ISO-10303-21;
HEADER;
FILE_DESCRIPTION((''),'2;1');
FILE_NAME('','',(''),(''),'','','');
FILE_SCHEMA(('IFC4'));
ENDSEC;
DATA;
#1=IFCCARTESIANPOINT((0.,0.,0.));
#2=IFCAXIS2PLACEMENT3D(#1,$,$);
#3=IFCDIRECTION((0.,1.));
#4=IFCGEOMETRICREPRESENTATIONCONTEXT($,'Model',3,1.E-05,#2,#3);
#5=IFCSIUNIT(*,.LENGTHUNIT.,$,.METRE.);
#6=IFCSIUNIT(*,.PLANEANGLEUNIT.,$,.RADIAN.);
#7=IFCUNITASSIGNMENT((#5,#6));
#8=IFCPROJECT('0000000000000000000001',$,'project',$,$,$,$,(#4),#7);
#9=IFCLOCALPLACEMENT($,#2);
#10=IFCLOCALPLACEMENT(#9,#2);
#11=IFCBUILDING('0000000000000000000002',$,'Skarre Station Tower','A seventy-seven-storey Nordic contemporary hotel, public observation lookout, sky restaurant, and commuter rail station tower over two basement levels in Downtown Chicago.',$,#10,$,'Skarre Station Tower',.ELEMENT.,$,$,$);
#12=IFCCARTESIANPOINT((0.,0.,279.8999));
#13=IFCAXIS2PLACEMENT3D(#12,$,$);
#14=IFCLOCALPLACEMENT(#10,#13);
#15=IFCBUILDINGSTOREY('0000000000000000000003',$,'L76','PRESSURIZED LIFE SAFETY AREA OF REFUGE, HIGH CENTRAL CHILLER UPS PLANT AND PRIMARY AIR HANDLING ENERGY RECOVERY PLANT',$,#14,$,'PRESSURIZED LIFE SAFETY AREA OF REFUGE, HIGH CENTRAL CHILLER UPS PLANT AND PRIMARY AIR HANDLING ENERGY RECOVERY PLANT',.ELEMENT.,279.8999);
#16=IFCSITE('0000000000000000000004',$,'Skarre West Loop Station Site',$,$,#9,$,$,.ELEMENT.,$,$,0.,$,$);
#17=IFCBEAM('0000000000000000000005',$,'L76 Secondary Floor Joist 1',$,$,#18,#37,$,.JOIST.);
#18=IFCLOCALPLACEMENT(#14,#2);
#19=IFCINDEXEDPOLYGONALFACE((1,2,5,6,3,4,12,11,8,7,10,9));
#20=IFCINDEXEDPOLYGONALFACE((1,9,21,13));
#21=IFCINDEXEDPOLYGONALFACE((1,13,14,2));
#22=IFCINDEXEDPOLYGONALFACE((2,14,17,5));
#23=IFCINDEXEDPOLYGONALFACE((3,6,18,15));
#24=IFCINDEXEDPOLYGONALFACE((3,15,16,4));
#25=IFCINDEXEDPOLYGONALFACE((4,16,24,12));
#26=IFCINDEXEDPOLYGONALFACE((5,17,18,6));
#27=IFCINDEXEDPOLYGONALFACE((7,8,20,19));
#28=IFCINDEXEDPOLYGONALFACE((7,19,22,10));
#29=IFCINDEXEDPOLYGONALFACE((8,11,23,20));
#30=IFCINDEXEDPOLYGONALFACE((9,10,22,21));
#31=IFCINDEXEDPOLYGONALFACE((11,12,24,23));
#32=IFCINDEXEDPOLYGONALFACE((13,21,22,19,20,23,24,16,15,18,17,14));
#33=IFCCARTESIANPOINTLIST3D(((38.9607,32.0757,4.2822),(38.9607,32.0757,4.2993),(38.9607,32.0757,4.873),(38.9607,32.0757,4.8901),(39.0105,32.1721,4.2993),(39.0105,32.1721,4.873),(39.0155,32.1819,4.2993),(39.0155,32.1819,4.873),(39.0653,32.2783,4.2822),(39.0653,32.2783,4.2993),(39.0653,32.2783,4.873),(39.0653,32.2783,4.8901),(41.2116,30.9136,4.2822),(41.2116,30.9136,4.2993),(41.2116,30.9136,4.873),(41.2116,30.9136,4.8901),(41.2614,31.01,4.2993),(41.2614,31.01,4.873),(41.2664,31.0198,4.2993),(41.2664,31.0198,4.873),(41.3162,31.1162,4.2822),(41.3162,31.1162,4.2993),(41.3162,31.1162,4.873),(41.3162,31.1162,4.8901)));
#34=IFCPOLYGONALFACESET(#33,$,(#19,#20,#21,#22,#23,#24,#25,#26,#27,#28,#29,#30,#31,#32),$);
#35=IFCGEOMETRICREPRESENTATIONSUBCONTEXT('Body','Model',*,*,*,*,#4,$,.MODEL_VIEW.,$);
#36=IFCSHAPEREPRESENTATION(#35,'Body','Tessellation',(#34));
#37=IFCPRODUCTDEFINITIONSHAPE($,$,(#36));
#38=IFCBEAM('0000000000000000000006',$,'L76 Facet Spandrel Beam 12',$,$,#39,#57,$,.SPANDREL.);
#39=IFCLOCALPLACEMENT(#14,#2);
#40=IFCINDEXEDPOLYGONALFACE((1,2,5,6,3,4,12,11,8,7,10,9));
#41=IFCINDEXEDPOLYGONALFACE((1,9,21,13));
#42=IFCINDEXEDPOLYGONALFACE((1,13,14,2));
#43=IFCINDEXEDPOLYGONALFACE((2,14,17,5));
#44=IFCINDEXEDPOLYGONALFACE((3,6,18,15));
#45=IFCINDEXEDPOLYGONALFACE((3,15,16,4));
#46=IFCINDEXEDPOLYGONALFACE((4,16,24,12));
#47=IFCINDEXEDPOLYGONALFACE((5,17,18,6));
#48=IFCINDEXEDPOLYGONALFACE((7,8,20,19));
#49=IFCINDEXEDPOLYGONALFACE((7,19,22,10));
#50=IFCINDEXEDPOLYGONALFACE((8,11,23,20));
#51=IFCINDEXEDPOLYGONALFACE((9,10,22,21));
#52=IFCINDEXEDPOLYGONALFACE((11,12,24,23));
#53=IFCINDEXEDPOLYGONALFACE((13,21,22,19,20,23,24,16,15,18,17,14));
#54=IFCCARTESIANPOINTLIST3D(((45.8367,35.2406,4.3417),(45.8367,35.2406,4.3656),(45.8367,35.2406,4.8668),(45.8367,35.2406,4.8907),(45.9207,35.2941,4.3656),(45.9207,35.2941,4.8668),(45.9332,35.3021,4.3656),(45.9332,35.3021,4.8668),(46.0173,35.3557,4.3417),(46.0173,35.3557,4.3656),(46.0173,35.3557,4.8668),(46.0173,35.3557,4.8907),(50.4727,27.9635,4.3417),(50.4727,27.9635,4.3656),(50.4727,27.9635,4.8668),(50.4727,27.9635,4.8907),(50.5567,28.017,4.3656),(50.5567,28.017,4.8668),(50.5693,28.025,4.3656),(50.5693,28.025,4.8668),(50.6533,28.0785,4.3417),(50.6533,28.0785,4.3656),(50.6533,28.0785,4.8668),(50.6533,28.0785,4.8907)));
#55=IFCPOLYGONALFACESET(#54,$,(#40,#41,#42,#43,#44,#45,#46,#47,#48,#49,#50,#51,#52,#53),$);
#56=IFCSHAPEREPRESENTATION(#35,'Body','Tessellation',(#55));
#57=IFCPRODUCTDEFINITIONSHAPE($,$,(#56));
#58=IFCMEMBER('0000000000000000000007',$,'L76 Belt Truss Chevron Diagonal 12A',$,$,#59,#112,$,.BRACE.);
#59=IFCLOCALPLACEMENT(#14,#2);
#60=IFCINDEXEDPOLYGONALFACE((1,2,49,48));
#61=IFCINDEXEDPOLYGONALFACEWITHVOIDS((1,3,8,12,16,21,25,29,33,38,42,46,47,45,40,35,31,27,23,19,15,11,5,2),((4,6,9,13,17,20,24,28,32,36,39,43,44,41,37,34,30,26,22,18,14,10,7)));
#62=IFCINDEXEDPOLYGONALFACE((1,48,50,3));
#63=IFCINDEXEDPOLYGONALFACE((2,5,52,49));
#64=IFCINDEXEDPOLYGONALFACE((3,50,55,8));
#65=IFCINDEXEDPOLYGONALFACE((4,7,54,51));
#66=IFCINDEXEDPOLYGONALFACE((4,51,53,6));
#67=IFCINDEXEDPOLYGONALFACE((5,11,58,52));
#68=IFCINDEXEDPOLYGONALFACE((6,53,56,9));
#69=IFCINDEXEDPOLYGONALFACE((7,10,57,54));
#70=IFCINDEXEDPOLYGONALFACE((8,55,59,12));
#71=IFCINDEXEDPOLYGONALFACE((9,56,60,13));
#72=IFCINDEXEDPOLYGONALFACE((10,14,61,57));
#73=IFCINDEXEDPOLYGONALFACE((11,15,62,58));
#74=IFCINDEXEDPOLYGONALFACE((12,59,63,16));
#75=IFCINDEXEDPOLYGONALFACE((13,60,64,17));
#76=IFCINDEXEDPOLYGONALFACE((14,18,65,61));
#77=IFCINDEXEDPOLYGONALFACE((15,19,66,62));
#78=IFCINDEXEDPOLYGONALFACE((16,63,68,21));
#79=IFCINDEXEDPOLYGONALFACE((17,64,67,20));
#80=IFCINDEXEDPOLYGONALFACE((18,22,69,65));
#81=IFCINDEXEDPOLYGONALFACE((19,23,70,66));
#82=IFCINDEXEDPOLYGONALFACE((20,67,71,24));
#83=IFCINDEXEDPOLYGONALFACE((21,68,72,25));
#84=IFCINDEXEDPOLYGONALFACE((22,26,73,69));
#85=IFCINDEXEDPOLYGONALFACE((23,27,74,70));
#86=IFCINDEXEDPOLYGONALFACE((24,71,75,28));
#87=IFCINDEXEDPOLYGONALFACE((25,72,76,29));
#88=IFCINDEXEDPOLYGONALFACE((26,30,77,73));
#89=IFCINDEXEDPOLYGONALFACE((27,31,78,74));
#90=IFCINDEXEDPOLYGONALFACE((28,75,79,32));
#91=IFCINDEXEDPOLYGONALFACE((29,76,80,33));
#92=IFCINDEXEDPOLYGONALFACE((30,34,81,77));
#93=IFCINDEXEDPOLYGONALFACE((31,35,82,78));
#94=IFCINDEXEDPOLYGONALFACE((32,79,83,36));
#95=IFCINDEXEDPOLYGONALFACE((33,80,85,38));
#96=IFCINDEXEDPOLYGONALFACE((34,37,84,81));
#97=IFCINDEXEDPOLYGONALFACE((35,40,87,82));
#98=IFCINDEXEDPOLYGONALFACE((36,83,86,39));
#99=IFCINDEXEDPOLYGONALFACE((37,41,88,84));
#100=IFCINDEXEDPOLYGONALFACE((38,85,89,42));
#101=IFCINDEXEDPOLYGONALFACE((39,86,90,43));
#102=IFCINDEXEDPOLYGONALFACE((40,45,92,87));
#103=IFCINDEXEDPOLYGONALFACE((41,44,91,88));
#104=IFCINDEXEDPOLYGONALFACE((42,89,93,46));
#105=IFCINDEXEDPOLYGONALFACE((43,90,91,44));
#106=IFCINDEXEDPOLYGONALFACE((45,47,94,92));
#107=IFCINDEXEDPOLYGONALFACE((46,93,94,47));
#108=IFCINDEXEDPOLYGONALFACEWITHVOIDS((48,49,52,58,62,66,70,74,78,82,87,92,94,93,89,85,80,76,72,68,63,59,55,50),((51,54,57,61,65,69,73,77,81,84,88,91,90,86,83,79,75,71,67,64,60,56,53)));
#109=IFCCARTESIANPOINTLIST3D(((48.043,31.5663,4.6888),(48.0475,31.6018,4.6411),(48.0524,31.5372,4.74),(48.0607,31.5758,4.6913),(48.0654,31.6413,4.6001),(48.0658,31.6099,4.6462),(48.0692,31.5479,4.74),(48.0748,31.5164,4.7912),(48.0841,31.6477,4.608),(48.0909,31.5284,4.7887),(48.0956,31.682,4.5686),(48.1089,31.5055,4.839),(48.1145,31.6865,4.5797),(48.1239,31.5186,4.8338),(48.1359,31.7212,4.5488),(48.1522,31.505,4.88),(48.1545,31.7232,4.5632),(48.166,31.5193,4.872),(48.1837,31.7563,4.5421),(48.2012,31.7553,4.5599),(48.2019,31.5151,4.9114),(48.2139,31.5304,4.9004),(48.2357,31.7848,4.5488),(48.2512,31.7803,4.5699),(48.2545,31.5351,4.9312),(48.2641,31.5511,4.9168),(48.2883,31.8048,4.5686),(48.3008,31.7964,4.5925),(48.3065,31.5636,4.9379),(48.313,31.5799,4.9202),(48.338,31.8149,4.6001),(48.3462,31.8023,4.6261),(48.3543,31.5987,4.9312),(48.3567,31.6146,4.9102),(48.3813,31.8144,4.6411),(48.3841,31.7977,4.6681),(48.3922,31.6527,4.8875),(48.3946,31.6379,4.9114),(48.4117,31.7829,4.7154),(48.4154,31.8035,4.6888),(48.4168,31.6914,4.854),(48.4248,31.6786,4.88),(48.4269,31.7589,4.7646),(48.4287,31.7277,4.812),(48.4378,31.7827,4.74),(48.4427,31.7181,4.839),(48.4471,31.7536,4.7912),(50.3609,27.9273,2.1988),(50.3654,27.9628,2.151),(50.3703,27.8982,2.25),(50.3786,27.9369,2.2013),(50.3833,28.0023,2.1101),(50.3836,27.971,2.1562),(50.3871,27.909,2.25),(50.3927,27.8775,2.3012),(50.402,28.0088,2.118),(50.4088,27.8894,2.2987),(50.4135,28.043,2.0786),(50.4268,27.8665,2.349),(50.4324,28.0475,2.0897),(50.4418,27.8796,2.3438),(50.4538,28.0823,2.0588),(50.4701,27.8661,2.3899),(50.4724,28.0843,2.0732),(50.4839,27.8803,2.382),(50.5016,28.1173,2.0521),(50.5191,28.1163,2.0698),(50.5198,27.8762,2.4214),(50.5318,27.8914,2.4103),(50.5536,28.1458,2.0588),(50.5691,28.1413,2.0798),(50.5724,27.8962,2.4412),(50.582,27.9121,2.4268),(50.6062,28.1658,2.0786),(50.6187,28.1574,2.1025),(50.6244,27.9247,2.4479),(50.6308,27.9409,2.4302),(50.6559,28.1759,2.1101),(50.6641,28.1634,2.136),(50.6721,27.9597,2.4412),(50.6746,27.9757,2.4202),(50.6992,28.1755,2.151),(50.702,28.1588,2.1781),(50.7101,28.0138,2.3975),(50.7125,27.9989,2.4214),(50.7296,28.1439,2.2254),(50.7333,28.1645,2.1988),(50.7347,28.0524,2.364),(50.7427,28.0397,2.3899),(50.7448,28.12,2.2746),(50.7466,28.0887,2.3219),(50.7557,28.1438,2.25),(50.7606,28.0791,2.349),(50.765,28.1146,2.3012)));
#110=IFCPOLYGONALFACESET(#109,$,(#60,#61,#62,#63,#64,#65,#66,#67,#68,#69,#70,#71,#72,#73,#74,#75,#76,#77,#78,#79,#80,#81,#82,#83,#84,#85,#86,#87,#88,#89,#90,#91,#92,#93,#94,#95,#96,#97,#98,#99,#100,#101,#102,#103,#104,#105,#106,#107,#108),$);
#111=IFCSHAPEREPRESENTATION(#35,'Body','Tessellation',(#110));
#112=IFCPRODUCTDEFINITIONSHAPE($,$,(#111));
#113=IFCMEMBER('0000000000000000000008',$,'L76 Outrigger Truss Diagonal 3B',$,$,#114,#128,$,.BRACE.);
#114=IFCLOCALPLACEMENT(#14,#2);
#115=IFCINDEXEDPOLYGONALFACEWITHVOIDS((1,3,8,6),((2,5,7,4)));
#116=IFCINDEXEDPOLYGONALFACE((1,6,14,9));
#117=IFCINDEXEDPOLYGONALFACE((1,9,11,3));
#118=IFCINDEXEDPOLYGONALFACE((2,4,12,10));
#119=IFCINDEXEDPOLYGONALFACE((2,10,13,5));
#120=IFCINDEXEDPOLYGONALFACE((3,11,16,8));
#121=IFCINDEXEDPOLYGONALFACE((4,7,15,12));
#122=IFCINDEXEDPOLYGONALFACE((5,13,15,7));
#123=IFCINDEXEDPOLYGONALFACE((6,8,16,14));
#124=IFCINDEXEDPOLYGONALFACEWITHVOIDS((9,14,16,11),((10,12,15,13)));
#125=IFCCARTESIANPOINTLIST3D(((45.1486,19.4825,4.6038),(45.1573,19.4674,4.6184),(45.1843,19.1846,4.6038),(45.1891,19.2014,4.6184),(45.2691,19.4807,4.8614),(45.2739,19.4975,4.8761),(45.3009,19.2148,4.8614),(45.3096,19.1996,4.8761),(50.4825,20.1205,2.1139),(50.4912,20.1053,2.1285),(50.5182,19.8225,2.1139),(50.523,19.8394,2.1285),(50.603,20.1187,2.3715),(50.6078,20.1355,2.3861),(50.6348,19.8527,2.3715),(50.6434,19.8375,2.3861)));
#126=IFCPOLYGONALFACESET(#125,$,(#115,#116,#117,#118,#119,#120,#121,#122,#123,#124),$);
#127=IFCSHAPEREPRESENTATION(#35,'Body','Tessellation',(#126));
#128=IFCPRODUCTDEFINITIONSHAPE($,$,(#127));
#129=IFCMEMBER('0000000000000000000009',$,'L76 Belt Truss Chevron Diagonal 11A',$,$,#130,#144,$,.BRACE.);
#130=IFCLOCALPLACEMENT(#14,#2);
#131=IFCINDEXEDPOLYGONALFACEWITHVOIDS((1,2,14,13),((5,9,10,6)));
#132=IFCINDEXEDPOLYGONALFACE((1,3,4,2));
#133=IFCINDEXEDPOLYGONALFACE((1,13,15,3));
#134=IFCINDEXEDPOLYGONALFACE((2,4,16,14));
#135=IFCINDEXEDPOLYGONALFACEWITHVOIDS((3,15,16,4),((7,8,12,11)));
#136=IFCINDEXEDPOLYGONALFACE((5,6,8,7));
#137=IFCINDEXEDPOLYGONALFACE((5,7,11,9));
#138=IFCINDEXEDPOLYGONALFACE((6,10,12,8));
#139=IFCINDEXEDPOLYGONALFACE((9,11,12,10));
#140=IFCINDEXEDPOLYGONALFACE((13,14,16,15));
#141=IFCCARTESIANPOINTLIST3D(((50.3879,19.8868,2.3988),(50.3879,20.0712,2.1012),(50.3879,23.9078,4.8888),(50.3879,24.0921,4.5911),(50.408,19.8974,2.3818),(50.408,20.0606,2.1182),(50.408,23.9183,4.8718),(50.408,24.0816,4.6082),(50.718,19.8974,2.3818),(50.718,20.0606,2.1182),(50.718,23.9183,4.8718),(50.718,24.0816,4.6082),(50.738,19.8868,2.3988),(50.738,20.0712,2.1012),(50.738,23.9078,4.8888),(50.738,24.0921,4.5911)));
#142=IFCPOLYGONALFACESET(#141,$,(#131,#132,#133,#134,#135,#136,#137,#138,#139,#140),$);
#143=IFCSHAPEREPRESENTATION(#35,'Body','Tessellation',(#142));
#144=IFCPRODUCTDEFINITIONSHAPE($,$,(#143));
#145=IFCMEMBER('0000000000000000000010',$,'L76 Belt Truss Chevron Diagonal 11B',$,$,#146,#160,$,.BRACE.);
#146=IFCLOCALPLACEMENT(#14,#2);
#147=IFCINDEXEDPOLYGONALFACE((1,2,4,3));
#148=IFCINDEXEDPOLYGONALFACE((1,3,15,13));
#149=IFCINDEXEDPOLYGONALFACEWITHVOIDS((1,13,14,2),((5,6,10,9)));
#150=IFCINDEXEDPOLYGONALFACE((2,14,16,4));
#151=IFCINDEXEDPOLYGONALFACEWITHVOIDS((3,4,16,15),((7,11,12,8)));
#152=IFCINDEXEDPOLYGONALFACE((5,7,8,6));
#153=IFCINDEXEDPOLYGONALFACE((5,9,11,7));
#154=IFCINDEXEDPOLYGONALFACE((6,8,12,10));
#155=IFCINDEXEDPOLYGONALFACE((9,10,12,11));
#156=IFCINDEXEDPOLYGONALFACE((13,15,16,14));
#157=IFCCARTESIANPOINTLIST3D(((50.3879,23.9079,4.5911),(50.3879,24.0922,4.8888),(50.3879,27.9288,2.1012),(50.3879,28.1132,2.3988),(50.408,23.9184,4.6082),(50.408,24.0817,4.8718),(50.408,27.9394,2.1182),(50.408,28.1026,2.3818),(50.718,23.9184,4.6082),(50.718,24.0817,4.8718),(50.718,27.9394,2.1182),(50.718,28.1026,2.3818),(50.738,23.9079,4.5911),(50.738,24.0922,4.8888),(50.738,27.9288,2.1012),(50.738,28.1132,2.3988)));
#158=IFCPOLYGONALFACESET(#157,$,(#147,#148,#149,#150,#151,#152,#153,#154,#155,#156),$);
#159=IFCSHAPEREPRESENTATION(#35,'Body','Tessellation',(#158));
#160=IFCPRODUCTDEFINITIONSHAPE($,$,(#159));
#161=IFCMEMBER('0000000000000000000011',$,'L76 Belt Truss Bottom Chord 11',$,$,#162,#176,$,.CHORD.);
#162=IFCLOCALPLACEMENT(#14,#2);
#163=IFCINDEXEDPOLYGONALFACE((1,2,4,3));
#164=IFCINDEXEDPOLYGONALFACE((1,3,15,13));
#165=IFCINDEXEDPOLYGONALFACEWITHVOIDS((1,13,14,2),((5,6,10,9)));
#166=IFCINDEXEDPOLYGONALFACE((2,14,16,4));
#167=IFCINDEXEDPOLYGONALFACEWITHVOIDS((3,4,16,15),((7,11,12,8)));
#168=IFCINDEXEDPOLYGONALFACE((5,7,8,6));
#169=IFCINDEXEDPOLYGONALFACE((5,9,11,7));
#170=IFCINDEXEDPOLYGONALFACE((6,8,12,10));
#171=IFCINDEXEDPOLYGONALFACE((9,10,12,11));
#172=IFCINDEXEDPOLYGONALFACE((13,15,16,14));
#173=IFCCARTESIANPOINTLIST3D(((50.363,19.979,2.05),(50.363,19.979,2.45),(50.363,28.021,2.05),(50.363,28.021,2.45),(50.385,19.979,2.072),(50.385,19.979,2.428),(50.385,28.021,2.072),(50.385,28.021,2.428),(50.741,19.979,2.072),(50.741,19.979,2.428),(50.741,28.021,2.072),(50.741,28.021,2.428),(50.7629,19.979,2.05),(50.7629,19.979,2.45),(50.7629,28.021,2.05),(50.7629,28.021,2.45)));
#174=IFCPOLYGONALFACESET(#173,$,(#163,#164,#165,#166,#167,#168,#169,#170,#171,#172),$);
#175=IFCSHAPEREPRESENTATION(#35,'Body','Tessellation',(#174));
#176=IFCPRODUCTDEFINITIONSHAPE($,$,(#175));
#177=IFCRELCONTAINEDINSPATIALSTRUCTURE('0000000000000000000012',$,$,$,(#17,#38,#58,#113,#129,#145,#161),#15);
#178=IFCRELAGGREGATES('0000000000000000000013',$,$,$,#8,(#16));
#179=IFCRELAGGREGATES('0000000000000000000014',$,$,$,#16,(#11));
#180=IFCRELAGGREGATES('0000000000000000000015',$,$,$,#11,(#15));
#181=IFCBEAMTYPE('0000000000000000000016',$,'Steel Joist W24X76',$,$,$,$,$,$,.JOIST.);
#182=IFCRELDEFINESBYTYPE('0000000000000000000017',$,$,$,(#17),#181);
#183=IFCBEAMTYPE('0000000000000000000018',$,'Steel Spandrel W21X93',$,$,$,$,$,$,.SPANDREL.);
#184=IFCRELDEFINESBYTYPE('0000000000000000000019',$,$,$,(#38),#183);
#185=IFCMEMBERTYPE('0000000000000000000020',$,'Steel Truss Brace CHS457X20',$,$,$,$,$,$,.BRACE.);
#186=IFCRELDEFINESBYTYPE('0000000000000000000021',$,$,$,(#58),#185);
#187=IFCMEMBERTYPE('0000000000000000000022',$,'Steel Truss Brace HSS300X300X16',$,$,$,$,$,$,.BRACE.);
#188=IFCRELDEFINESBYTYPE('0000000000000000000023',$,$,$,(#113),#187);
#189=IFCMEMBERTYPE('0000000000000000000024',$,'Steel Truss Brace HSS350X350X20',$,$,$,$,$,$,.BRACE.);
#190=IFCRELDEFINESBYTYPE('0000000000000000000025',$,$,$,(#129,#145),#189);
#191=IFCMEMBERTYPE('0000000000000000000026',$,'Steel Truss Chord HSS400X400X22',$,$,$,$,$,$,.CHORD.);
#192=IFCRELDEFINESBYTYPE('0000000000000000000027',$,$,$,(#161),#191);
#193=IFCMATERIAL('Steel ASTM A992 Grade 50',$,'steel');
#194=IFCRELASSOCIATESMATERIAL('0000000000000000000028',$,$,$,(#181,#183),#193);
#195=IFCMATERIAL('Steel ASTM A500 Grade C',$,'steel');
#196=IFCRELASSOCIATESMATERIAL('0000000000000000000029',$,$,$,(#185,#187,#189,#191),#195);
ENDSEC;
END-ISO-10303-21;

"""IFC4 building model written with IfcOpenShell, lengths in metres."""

from ifc_helpers import new_model, si_unit, direction, frame, origin, origin_2d, place, context, subcontext, project, spatial, hollow_rectangle, hollow_circle, i_section, extrude, material, material_profile, profile_set, type_object, element, save


model = new_model("IFC4")

# Units and contexts
model_context = context("Model", 3, precision=1e-05, world=origin(), true_north=direction((0.0, 1.0)))
body_context = subcontext(model_context, "Body", "Model", "MODEL_VIEW")
ifc_project = project(units=[si_unit("LENGTHUNIT", "METRE"), si_unit("PLANEANGLEUNIT", "RADIAN")], contexts=[model_context])

# Site, building, storey
site_placement = place(None, origin())
site = spatial("IfcSite", under=ifc_project, at=site_placement, Name="Skarre West Loop Station Site", CompositionType="ELEMENT", RefElevation=0.0)
building_placement = place(site_placement, origin())
building = spatial("IfcBuilding", under=site, at=building_placement, Name="Skarre Station Tower", Description="A seventy-seven-storey Nordic contemporary hotel, public observation lookout, sky restaurant, and commuter rail station tower over two basement levels in Downtown Chicago.", LongName="Skarre Station Tower", CompositionType="ELEMENT")
storey_placement = place(building_placement, frame((0.0, 0.0, 279.8999)))
storey = spatial("IfcBuildingStorey", under=building, at=storey_placement, Name="L76", Description="PRESSURIZED LIFE SAFETY AREA OF REFUGE, HIGH CENTRAL CHILLER UPS PLANT AND PRIMARY AIR HANDLING ENERGY RECOVERY PLANT", LongName="PRESSURIZED LIFE SAFETY AREA OF REFUGE, HIGH CENTRAL CHILLER UPS PLANT AND PRIMARY AIR HANDLING ENERGY RECOVERY PLANT", CompositionType="ELEMENT", Elevation=279.8999)

# Beams
ifc_material_1 = material(Name="Steel ASTM A992 Grade 50", Category="steel")
ifc_material_profile_1 = material_profile(ifc_material_1, i_section(OverallWidth=0.228, OverallDepth=0.6079, WebThickness=0.011, FlangeThickness=0.0171, at=origin_2d()), Name="Steel ASTM A992 Grade 50")
ifc_profile_set_1 = profile_set([ifc_material_profile_1], Name="Steel ASTM A992 Grade 50")
beam_type_1 = type_object("IfcBeamType", Name="Steel Joist W24X76", PredefinedType="JOIST", material=ifc_profile_set_1)
beam_1_placement = place(storey_placement, frame((41.2639, 31.0149, 4.5862), z_axis=(-0.88857, 0.458741, 0.0), x_axis=(-0.458741, -0.88857, 0.0)))
element("IfcBeam", 1, at=beam_1_placement, inside=storey, type_object=beam_type_1, Name="L76 Secondary Floor Joist 1", PredefinedType="JOIST", context=body_context, shape_type="SweptSolid", body=[
    extrude(i_section(OverallWidth=0.228, OverallDepth=0.6079, WebThickness=0.011, FlangeThickness=0.0171, at=origin_2d()), origin(), (0.0, 0.0, 1.0), 2.5332),
])
ifc_material_profile_2 = material_profile(ifc_material_1, i_section(OverallWidth=0.2141, OverallDepth=0.5491, WebThickness=0.0149, FlangeThickness=0.0239, at=origin_2d()), Name="Steel ASTM A992 Grade 50")
ifc_profile_set_2 = profile_set([ifc_material_profile_2], Name="Steel ASTM A992 Grade 50")
beam_type_2 = type_object("IfcBeamType", Name="Steel Spandrel W21X93", PredefinedType="SPANDREL", material=ifc_profile_set_2)
beam_2_placement = place(storey_placement, frame((50.563, 28.021, 4.6162), z_axis=(-0.537297, 0.843393, 0.0), x_axis=(-0.843393, -0.537297, 0.0)))
element("IfcBeam", 2, at=beam_2_placement, inside=storey, type_object=beam_type_2, Name="L76 Facet Spandrel Beam 12", PredefinedType="SPANDREL", context=body_context, shape_type="SweptSolid", body=[
    extrude(i_section(OverallWidth=0.2141, OverallDepth=0.5491, WebThickness=0.0149, FlangeThickness=0.0239, at=origin_2d()), origin(), (0.0, 0.0, 1.0), 8.6284),
])

# Members
ifc_material_2 = material(Name="Steel ASTM A500 Grade C", Category="steel")
ifc_material_profile_3 = material_profile(ifc_material_2, hollow_circle(Radius=0.2285, WallThickness=0.02, at=origin_2d()), Name="Steel ASTM A500 Grade C")
ifc_profile_set_3 = profile_set([ifc_material_profile_3], Name="Steel ASTM A500 Grade C")
member_type_1 = type_object("IfcMemberType", Name="Steel Truss Brace CHS457X20", PredefinedType="BRACE", material=ifc_profile_set_3)
member_1_placement = place(storey_placement, frame((50.563, 28.021, 2.25), z_axis=(-0.465306, 0.730502, 0.499858), x_axis=(-0.843431, -0.537238, 0.0)))
element("IfcMember", 3, at=member_1_placement, inside=storey, type_object=member_type_1, Name="L76 Belt Truss Chevron Diagonal 12A", PredefinedType="BRACE", context=body_context, shape_type="SweptSolid", body=[
    extrude(hollow_circle(Radius=0.2285, WallThickness=0.02, at=origin_2d()), origin(), (0.0, 0.0, 1.0), 4.9814),
])
ifc_material_profile_4 = material_profile(ifc_material_2, hollow_rectangle(XDim=0.3, YDim=0.3, WallThickness=0.0161, at=origin_2d()), Name="Steel ASTM A500 Grade C")
ifc_profile_set_4 = profile_set([ifc_material_profile_4], Name="Steel ASTM A500 Grade C")
member_type_2 = type_object("IfcMemberType", Name="Steel Truss Brace HSS300X300X16", PredefinedType="BRACE", material=ifc_profile_set_4)
member_2_placement = place(storey_placement, frame((50.563, 19.979, 2.25), z_axis=(-0.900857, -0.107742, 0.420534), x_axis=(0.118753, -0.992924, 0.0)))
element("IfcMember", 4, at=member_2_placement, inside=storey, type_object=member_type_2, Name="L76 Outrigger Truss Diagonal 3B", PredefinedType="BRACE", context=body_context, shape_type="SweptSolid", body=[
    extrude(hollow_rectangle(XDim=0.3, YDim=0.3, WallThickness=0.0161, at=origin_2d()), origin(), (0.0, 0.0, 1.0), 5.9209),
])
ifc_material_profile_5 = material_profile(ifc_material_2, hollow_rectangle(XDim=0.3501, YDim=0.3501, WallThickness=0.02, at=origin_2d()), Name="Steel ASTM A500 Grade C")
ifc_profile_set_5 = profile_set([ifc_material_profile_5], Name="Steel ASTM A500 Grade C")
member_type_3 = type_object("IfcMemberType", Name="Steel Truss Brace HSS350X350X20", PredefinedType="BRACE", material=ifc_profile_set_5)
for number, where, z_axis, x_axis, name in (
    (5, (50.563, 19.979, 2.25), (0.0, 0.850189, 0.526477), (-1.0, 0.0, 0.0), "L76 Belt Truss Chevron Diagonal 11A"),
    (6, (50.563, 28.021, 2.25), (0.0, -0.850189, 0.526477), (1.0, 0.0, 0.0), "L76 Belt Truss Chevron Diagonal 11B"),
):
    element("IfcMember", number, at=place(storey_placement, frame(where, z_axis=z_axis, x_axis=x_axis)), inside=storey, type_object=member_type_3, Name=name, PredefinedType="BRACE", context=body_context, shape_type="SweptSolid", body=[
        extrude(hollow_rectangle(XDim=0.3501, YDim=0.3501, WallThickness=0.02, at=origin_2d()), origin(), (0.0, 0.0, 1.0), 4.7295),
    ])
ifc_material_profile_6 = material_profile(ifc_material_2, hollow_rectangle(XDim=0.3999, YDim=0.3999, WallThickness=0.022, at=origin_2d()), Name="Steel ASTM A500 Grade C")
ifc_profile_set_6 = profile_set([ifc_material_profile_6], Name="Steel ASTM A500 Grade C")
member_type_4 = type_object("IfcMemberType", Name="Steel Truss Chord HSS400X400X22", PredefinedType="CHORD", material=ifc_profile_set_6)
member_3_placement = place(storey_placement, frame((50.563, 19.979, 2.25), z_axis=(0.0, 1.0, 0.0), x_axis=(-1.0, 0.0, 0.0)))
element("IfcMember", 7, at=member_3_placement, inside=storey, type_object=member_type_4, Name="L76 Belt Truss Bottom Chord 11", PredefinedType="CHORD", context=body_context, shape_type="SweptSolid", body=[
    extrude(hollow_rectangle(XDim=0.3999, YDim=0.3999, WallThickness=0.022, at=origin_2d()), origin(), (0.0, 0.0, 1.0), 8.042),
])

save(model, "model.ifc")
